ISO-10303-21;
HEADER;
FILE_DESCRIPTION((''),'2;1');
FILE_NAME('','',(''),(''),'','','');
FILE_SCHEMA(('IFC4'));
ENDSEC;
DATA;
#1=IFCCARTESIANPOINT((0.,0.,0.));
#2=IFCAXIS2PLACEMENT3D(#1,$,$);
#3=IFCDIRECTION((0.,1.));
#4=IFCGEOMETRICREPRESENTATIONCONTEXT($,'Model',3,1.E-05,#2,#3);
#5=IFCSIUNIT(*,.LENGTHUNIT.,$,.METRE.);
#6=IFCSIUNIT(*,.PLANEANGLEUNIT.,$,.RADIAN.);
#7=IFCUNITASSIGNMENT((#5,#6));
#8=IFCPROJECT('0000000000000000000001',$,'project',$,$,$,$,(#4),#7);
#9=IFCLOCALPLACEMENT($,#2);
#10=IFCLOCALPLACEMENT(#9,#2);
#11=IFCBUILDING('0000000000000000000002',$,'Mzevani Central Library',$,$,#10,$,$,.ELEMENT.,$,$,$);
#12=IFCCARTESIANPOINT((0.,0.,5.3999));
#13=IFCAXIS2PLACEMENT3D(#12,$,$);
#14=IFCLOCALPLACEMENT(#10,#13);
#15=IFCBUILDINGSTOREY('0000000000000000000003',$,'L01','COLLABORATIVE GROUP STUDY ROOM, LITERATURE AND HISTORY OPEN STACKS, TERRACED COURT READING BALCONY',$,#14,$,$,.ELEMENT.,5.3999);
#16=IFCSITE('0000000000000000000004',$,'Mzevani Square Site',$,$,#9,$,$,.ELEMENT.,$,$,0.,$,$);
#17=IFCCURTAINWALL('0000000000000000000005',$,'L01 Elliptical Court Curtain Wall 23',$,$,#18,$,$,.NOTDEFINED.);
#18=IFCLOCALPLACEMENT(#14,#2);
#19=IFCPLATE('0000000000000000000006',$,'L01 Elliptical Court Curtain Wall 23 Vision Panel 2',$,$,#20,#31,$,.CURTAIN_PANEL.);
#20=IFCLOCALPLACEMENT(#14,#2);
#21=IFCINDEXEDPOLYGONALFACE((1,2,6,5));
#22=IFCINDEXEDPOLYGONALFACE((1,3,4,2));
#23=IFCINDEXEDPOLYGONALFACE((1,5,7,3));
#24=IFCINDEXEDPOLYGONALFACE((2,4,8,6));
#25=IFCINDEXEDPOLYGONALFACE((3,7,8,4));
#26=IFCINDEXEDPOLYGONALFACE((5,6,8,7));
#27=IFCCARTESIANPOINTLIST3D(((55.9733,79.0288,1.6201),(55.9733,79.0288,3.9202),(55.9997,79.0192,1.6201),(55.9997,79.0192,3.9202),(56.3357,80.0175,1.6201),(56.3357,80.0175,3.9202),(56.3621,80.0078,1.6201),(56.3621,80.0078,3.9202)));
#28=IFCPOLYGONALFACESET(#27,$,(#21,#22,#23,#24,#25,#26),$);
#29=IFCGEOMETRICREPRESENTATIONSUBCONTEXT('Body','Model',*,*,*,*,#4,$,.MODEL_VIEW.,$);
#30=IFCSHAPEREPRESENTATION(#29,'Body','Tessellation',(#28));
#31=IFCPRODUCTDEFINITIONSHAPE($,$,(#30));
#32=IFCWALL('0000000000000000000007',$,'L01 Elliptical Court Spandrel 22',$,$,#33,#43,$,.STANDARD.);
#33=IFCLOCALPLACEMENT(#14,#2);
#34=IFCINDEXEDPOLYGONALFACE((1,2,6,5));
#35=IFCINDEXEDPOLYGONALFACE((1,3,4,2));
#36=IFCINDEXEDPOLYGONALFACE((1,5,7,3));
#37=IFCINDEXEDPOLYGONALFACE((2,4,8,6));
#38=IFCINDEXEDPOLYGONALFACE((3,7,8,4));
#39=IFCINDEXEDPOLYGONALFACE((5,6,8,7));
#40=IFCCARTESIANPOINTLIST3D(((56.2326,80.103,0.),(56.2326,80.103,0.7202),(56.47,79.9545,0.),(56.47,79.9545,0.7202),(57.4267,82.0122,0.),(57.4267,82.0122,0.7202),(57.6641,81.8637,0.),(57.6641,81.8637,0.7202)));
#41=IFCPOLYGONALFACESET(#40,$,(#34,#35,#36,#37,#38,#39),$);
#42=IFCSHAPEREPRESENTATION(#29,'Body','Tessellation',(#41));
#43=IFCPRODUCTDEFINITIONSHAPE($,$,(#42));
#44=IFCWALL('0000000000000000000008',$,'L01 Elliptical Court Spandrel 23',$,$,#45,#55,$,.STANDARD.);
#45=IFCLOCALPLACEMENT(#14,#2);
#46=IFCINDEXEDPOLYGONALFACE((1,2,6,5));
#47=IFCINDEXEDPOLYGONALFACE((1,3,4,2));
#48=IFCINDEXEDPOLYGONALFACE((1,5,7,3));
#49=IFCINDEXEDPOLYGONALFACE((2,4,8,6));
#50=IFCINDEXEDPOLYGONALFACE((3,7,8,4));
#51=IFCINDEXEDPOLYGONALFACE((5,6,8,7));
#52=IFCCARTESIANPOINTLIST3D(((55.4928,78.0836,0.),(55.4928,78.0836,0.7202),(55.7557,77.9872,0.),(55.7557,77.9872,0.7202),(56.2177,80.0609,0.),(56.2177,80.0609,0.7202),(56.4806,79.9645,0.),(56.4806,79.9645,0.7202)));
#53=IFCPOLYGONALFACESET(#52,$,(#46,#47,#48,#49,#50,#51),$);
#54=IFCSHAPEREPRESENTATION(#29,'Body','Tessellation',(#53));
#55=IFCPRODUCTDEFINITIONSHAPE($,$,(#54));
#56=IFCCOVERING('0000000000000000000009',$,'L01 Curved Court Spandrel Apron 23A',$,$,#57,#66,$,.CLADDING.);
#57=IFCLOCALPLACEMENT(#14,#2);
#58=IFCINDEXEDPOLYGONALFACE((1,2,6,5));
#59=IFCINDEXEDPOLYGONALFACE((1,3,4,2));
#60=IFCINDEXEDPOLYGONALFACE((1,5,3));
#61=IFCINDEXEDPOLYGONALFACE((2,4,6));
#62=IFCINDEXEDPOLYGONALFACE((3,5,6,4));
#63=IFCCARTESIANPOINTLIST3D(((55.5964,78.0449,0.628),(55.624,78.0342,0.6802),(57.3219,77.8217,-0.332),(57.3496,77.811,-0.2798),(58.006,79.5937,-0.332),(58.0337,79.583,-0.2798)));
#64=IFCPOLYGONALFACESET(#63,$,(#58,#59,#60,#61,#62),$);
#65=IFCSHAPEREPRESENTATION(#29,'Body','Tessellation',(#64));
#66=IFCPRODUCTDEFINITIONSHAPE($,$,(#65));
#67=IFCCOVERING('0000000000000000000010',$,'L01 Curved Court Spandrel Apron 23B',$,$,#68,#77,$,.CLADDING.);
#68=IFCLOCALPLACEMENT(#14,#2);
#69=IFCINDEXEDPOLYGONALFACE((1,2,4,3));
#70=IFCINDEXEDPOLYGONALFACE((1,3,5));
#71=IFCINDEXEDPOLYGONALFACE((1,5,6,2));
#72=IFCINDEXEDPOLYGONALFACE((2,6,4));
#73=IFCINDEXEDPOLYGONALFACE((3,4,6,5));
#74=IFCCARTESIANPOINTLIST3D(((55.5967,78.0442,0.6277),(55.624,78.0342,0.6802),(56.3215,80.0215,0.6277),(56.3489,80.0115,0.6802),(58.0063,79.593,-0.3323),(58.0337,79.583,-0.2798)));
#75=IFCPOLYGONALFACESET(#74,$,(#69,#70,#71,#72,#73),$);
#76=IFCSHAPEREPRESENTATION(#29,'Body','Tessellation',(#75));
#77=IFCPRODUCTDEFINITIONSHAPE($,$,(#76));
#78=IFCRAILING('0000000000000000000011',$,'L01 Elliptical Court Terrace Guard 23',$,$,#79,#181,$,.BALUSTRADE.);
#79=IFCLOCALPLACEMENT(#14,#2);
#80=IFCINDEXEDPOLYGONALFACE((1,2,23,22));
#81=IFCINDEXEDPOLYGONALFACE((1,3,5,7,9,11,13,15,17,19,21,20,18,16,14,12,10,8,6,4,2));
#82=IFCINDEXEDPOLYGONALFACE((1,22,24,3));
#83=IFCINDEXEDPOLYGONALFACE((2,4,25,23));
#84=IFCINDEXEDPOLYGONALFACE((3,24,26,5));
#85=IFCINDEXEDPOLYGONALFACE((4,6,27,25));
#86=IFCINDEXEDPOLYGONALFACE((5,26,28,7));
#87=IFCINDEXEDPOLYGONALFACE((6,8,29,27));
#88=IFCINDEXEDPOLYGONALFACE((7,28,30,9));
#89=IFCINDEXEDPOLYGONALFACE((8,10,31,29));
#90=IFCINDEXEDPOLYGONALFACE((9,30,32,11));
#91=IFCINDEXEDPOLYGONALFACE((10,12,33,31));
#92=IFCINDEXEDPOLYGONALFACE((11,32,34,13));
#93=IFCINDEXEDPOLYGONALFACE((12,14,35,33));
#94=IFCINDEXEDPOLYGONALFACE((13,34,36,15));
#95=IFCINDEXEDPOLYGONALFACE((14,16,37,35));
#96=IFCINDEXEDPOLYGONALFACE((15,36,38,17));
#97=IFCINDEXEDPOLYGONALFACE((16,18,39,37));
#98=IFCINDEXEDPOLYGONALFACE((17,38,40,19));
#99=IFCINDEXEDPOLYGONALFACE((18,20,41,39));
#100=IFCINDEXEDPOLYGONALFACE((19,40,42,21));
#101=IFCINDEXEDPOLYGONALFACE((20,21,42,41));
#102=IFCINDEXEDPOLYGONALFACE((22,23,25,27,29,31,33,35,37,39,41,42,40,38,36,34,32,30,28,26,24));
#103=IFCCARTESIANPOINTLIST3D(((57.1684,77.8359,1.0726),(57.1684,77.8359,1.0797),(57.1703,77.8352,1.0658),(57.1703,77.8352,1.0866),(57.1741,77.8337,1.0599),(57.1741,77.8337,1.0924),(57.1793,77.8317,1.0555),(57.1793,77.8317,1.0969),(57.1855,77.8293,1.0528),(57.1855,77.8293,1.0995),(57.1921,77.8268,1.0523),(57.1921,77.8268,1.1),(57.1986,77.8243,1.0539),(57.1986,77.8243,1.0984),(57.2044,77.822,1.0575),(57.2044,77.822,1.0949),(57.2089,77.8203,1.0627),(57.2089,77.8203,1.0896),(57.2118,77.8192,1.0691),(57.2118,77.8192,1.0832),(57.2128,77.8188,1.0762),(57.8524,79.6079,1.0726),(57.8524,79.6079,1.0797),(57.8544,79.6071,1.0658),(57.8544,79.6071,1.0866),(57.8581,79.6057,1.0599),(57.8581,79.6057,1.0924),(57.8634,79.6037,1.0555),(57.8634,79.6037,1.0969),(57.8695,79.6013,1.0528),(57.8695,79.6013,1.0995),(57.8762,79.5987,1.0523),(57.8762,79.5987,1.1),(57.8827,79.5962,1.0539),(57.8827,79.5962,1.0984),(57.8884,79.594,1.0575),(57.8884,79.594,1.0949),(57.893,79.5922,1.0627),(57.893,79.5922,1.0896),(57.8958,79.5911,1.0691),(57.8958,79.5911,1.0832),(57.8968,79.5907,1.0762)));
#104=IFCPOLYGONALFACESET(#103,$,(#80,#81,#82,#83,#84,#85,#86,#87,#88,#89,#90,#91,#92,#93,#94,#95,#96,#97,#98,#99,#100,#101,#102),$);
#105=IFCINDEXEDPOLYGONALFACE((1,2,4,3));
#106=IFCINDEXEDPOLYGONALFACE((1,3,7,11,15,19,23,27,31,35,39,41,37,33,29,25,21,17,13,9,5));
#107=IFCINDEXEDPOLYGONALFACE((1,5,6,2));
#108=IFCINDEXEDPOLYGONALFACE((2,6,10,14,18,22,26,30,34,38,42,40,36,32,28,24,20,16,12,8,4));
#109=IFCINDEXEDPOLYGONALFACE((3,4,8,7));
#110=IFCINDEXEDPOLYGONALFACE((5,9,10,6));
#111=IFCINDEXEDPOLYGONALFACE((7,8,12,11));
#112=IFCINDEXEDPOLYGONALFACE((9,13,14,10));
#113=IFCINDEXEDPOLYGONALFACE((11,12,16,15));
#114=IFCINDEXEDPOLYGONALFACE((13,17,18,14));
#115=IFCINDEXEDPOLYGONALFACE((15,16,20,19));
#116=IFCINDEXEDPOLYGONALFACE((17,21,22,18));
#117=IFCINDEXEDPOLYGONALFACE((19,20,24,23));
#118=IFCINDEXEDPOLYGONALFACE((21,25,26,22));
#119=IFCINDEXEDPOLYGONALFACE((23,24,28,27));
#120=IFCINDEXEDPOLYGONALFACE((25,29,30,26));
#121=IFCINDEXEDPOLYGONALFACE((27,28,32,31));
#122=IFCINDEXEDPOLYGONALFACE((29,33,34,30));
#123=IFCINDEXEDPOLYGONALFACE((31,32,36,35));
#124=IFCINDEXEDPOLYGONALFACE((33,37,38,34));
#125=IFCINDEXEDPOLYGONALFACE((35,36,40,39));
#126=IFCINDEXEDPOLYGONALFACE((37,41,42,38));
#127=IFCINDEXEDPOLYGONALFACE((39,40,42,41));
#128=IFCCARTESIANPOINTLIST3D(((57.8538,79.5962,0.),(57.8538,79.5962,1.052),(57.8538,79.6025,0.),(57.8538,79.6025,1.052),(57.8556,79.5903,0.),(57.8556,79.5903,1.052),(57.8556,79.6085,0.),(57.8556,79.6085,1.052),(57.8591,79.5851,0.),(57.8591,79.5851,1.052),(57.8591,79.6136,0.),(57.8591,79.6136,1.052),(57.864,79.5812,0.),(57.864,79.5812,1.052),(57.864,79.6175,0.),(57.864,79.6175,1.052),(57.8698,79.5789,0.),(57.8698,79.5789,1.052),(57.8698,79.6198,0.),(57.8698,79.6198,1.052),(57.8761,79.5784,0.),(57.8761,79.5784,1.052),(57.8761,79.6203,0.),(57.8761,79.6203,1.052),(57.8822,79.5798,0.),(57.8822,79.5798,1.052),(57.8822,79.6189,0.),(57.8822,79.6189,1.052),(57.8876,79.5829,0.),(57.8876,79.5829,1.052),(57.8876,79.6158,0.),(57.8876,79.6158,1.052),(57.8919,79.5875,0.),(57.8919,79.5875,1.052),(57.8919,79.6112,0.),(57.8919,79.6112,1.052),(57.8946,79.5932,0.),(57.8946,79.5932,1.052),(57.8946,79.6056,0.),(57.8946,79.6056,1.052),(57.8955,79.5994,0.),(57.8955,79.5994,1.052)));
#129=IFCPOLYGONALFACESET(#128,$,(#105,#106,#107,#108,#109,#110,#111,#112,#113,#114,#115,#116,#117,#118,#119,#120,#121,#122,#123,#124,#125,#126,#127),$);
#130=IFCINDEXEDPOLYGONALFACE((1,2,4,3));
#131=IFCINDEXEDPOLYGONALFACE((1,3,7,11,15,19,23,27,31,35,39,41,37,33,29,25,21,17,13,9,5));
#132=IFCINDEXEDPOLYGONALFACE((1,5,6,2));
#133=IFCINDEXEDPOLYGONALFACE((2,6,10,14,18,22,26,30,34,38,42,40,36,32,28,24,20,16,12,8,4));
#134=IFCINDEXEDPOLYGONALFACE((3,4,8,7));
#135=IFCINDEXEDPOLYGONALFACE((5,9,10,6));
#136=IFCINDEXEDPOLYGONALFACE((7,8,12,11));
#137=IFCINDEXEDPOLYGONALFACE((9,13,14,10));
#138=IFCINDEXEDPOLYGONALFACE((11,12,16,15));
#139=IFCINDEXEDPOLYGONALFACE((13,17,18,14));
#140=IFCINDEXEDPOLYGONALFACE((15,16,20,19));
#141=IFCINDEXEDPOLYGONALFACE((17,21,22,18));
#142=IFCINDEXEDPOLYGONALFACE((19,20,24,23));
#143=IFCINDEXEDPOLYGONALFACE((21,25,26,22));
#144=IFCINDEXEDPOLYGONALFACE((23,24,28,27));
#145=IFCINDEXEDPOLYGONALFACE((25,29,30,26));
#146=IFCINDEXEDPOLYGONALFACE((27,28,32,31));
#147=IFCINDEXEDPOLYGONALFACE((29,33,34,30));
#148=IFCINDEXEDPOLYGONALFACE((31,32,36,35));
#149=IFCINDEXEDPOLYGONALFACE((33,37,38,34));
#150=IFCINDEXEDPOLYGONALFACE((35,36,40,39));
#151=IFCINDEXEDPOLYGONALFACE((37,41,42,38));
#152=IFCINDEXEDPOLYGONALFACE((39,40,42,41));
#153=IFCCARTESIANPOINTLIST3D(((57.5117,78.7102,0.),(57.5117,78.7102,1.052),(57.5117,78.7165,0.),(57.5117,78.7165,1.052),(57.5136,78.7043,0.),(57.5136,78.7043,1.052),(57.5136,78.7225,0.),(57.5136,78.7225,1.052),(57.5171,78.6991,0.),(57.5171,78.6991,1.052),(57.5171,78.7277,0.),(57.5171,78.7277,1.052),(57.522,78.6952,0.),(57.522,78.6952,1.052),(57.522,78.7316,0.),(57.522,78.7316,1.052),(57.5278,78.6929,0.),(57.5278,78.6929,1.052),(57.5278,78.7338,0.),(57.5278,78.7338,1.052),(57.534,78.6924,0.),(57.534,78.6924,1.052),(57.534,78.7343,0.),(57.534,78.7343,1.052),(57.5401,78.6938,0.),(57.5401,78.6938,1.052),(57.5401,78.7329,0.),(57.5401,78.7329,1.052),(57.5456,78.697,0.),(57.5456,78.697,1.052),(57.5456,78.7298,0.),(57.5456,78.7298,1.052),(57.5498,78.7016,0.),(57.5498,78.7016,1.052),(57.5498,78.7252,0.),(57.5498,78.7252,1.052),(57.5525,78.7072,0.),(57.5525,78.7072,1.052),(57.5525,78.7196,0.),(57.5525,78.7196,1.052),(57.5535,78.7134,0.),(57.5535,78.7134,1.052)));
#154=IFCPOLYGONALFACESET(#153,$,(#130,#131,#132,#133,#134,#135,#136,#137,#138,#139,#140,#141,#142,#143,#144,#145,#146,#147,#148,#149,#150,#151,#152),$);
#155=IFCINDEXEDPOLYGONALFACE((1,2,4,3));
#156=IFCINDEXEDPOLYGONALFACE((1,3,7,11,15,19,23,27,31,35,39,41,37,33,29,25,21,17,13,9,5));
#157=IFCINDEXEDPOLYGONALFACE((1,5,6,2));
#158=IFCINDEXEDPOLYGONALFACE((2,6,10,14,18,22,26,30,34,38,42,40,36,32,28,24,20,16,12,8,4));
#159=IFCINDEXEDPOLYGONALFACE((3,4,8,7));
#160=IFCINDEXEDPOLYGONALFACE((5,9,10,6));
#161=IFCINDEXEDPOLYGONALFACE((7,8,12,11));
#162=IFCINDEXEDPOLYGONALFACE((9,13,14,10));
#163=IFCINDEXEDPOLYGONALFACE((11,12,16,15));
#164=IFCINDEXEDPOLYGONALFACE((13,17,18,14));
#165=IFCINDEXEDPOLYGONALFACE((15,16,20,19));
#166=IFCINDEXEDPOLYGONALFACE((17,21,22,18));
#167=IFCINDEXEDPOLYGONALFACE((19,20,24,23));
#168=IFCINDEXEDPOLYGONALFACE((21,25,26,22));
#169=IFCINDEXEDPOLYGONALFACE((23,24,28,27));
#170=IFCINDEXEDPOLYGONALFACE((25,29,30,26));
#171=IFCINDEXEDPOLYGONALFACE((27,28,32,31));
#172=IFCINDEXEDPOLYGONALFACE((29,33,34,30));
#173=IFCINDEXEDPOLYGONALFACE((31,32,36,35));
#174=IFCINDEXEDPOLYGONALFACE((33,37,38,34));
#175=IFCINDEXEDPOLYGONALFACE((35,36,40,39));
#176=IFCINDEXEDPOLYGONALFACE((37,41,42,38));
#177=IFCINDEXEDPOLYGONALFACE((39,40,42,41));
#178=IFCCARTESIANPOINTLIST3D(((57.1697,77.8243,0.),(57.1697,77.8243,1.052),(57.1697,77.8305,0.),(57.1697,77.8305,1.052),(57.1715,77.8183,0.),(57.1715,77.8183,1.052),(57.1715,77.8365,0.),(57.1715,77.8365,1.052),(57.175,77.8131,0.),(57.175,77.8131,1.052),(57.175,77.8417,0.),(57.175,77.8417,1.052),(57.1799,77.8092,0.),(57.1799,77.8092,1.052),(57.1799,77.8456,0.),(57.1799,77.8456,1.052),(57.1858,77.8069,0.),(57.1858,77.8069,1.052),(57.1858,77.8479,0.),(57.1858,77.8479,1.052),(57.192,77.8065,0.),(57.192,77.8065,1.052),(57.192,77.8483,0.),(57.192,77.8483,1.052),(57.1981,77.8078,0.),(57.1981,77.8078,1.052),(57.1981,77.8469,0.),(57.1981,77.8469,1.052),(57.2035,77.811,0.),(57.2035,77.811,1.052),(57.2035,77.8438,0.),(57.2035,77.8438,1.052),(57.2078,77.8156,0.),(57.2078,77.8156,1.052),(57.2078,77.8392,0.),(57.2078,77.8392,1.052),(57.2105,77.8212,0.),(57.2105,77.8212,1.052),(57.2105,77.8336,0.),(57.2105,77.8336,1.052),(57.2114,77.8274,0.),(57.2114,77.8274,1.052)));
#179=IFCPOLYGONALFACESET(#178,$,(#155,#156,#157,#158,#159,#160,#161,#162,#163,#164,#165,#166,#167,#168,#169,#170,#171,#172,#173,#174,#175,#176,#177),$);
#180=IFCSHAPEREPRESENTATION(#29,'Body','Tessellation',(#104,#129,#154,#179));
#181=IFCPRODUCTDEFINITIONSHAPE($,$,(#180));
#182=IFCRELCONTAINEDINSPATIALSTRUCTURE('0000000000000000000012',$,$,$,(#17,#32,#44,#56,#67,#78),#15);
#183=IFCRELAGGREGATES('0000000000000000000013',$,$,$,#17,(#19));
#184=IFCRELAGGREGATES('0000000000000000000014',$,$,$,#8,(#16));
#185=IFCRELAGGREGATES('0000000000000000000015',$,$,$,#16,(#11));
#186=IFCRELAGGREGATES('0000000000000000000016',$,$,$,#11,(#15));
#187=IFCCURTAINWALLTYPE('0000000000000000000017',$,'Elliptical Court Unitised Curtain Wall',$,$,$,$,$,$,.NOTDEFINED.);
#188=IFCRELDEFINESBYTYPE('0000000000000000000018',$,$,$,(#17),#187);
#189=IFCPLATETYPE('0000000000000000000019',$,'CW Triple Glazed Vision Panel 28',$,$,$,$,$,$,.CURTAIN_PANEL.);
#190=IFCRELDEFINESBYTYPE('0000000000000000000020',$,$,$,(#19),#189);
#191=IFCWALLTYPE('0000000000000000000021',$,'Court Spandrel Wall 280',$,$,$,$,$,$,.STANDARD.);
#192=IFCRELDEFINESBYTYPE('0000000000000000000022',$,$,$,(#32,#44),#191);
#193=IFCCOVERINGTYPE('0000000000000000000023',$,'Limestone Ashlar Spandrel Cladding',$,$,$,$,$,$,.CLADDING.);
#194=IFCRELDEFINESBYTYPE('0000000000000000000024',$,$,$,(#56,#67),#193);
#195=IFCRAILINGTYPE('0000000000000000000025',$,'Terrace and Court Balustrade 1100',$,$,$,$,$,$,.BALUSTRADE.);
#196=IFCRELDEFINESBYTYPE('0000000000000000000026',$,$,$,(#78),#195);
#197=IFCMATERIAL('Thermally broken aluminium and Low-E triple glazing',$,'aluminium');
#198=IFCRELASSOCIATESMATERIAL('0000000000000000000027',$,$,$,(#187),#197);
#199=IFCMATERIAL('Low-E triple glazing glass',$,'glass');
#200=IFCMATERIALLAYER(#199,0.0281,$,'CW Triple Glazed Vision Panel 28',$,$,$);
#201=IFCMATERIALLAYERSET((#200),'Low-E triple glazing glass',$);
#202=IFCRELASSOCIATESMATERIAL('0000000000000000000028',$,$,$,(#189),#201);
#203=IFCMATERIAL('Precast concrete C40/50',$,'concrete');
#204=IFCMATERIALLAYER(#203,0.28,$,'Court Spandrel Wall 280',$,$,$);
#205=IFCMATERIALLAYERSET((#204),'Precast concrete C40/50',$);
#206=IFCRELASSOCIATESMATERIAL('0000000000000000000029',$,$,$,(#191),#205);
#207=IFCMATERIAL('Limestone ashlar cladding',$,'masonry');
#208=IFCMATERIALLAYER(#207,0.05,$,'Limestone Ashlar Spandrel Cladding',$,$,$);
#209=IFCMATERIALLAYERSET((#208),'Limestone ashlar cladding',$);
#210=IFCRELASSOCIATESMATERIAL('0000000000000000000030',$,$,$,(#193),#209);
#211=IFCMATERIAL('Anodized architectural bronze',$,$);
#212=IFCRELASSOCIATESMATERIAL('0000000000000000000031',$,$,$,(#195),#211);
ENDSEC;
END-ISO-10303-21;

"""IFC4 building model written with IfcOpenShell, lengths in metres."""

from ifc_helpers import new_model, si_unit, direction, frame, frame_2d, origin, origin_2d, place, context, subcontext, project, spatial, polyline, rectangle, circle, outline, extrude, material, layer, layer_set, type_object, element, aggregate, save


model = new_model("IFC4")

# Units and contexts
model_context = context("Model", 3, precision=1e-05, world=origin(), true_north=direction((0.0, 1.0)))
body_context = subcontext(model_context, "Body", "Model", "MODEL_VIEW")
ifc_project = project(units=[si_unit("LENGTHUNIT", "METRE"), si_unit("PLANEANGLEUNIT", "RADIAN")], contexts=[model_context])

# Site, building, storey
site_placement = place(None, origin())
site = spatial("IfcSite", under=ifc_project, at=site_placement, Name="Mzevani Square Site", CompositionType="ELEMENT", RefElevation=0.0)
building_placement = place(site_placement, origin())
building = spatial("IfcBuilding", under=site, at=building_placement, Name="Mzevani Central Library", CompositionType="ELEMENT")
storey_placement = place(building_placement, frame((0.0, 0.0, 5.3999)))
storey = spatial("IfcBuildingStorey", under=building, at=storey_placement, Name="L01", Description="COLLABORATIVE GROUP STUDY ROOM, LITERATURE AND HISTORY OPEN STACKS, TERRACED COURT READING BALCONY", CompositionType="ELEMENT", Elevation=5.3999)

# Curtain wall
ifc_material_1 = material(Name="Thermally broken aluminium and Low-E triple glazing", Category="aluminium")
curtain_wall_type_1 = type_object("IfcCurtainWallType", Name="Elliptical Court Unitised Curtain Wall", PredefinedType="NOTDEFINED", material=ifc_material_1)
curtain_wall_1_placement = place(storey_placement, origin())
curtain_wall_1 = element("IfcCurtainWall", 1, at=curtain_wall_1_placement, inside=storey, type_object=curtain_wall_type_1, Name="L01 Elliptical Court Curtain Wall 23", PredefinedType="NOTDEFINED")

# Plate
ifc_material_2 = material(Name="Low-E triple glazing glass", Category="glass")
ifc_layer_1 = layer(ifc_material_2, 0.0281, Name="CW Triple Glazed Vision Panel 28")
ifc_layer_set_1 = layer_set([ifc_layer_1], Name="Low-E triple glazing glass")
plate_type_1 = type_object("IfcPlateType", Name="CW Triple Glazed Vision Panel 28", PredefinedType="CURTAIN_PANEL", material=ifc_layer_set_1)
plate_1_placement = place(storey_placement, frame((56.1677, 79.5183, 1.6201), z_axis=(0.0, 0.0, 1.0), x_axis=(-0.344166, -0.938909, 0.0)))
plate_1 = element("IfcPlate", 2, at=plate_1_placement, type_object=plate_type_1, Name="L01 Elliptical Court Curtain Wall 23 Vision Panel 2", PredefinedType="CURTAIN_PANEL", context=body_context, shape_type="SweptSolid", body=[
    extrude(rectangle(XDim=1.053, YDim=0.0281, at=origin_2d()), origin(), (0.0, 0.0, 1.0), 2.3),
])
aggregate(curtain_wall_1, [plate_1])

# Walls
ifc_material_3 = material(Name="Precast concrete C40/50", Category="concrete")
ifc_layer_2 = layer(ifc_material_3, 0.28, Name="Court Spandrel Wall 280")
ifc_layer_set_2 = layer_set([ifc_layer_2], Name="Precast concrete C40/50")
wall_type = type_object("IfcWallType", Name="Court Spandrel Wall 280", PredefinedType="STANDARD", material=ifc_layer_set_2)
wall_1_placement = place(storey_placement, frame((57.5454, 81.938, 0.0), z_axis=(0.0, 0.0, 1.0), x_axis=(-0.530272, -0.847828, 0.0)))
element("IfcWall", 3, at=wall_1_placement, inside=storey, type_object=wall_type, Name="L01 Elliptical Court Spandrel 22", PredefinedType="STANDARD", context=body_context, shape_type="SweptSolid", body=[
    extrude(rectangle(XDim=2.252, YDim=0.28, at=frame_2d((1.126, 0.0))), origin(), (0.0, 0.0, 1.0), 0.7202),
])
wall_2_placement = place(storey_placement, frame((56.3491, 80.0127, 0.0), z_axis=(0.0, 0.0, 1.0), x_axis=(-0.34419, -0.9389, 0.0)))
element("IfcWall", 4, at=wall_2_placement, inside=storey, type_object=wall_type, Name="L01 Elliptical Court Spandrel 23", PredefinedType="STANDARD", context=body_context, shape_type="SweptSolid", body=[
    extrude(rectangle(XDim=2.106, YDim=0.28, at=frame_2d((1.053, 0.0))), origin(), (0.0, 0.0, 1.0), 0.7202),
])

# Coverings
ifc_material_4 = material(Name="Limestone ashlar cladding", Category="masonry")
ifc_layer_3 = layer(ifc_material_4, 0.05, Name="Limestone Ashlar Spandrel Cladding")
ifc_layer_set_3 = layer_set([ifc_layer_3], Name="Limestone ashlar cladding")
covering_type = type_object("IfcCoveringType", Name="Limestone Ashlar Spandrel Cladding", PredefinedType="CLADDING", material=ifc_layer_set_3)
covering_1_placement = place(storey_placement, frame((58.0337, 79.583, -0.2798), z_axis=(0.46073, -0.177868, 0.869535), x_axis=(-0.36015, -0.932894, 0.0)))
element("IfcCovering", 5, at=covering_1_placement, inside=storey, type_object=covering_type, Name="L01 Curved Court Spandrel Apron 23A", PredefinedType="CLADDING", context=body_context, shape_type="SweptSolid", body=[
    extrude(outline(polyline([(0.0, 0.0), (1.8994, 0.0), (2.3127, -1.9437), (0.0, 0.0)])), origin(), (0.0, 0.0, -1.0), 0.0601),
])
covering_2_placement = place(storey_placement, frame((58.0337, 79.583, -0.2798), z_axis=(0.455685, -0.167049, 0.874326), x_axis=(-0.797619, -0.512675, 0.317755)))
element("IfcCovering", 6, at=covering_2_placement, inside=storey, type_object=covering_type, Name="L01 Curved Court Spandrel Apron 23B", PredefinedType="CLADDING", context=body_context, shape_type="SweptSolid", body=[
    extrude(outline(polyline([(0.0, 0.0), (3.0211, 0.0), (1.4292, -1.3788), (0.0, 0.0)])), origin(), (0.0, 0.0, -1.0), 0.0601),
])

# Railing
ifc_material_5 = material(Name="Anodized architectural bronze")
railing_type = type_object("IfcRailingType", Name="Terrace and Court Balustrade 1100", PredefinedType="BALUSTRADE", material=ifc_material_5)
railing_placement = place(storey_placement, frame((57.8745, 79.5994, 0.0)))
element("IfcRailing", 7, at=railing_placement, inside=storey, type_object=railing_type, Name="L01 Elliptical Court Terrace Guard 23", PredefinedType="BALUSTRADE", context=body_context, shape_type="SweptSolid", body=[
    extrude(circle(Radius=0.0239, at=origin_2d()), frame((0.0, 0.0, 1.0762), z_axis=(-0.36015, -0.932894, 0.0), x_axis=(0.932894, -0.36015, 0.0)), (0.0, 0.0, 1.0), 1.8994),
    extrude(circle(Radius=0.021, at=origin_2d()), origin(), (0.0, 0.0, 1.0), 1.052),
    extrude(circle(Radius=0.021, at=origin_2d()), frame((-0.342, -0.886, 0.0)), (0.0, 0.0, 1.0), 1.052),
    extrude(circle(Radius=0.021, at=origin_2d()), frame((-0.6841, -1.772, 0.0)), (0.0, 0.0, 1.0), 1.052),
])

save(model, "model.ifc")
